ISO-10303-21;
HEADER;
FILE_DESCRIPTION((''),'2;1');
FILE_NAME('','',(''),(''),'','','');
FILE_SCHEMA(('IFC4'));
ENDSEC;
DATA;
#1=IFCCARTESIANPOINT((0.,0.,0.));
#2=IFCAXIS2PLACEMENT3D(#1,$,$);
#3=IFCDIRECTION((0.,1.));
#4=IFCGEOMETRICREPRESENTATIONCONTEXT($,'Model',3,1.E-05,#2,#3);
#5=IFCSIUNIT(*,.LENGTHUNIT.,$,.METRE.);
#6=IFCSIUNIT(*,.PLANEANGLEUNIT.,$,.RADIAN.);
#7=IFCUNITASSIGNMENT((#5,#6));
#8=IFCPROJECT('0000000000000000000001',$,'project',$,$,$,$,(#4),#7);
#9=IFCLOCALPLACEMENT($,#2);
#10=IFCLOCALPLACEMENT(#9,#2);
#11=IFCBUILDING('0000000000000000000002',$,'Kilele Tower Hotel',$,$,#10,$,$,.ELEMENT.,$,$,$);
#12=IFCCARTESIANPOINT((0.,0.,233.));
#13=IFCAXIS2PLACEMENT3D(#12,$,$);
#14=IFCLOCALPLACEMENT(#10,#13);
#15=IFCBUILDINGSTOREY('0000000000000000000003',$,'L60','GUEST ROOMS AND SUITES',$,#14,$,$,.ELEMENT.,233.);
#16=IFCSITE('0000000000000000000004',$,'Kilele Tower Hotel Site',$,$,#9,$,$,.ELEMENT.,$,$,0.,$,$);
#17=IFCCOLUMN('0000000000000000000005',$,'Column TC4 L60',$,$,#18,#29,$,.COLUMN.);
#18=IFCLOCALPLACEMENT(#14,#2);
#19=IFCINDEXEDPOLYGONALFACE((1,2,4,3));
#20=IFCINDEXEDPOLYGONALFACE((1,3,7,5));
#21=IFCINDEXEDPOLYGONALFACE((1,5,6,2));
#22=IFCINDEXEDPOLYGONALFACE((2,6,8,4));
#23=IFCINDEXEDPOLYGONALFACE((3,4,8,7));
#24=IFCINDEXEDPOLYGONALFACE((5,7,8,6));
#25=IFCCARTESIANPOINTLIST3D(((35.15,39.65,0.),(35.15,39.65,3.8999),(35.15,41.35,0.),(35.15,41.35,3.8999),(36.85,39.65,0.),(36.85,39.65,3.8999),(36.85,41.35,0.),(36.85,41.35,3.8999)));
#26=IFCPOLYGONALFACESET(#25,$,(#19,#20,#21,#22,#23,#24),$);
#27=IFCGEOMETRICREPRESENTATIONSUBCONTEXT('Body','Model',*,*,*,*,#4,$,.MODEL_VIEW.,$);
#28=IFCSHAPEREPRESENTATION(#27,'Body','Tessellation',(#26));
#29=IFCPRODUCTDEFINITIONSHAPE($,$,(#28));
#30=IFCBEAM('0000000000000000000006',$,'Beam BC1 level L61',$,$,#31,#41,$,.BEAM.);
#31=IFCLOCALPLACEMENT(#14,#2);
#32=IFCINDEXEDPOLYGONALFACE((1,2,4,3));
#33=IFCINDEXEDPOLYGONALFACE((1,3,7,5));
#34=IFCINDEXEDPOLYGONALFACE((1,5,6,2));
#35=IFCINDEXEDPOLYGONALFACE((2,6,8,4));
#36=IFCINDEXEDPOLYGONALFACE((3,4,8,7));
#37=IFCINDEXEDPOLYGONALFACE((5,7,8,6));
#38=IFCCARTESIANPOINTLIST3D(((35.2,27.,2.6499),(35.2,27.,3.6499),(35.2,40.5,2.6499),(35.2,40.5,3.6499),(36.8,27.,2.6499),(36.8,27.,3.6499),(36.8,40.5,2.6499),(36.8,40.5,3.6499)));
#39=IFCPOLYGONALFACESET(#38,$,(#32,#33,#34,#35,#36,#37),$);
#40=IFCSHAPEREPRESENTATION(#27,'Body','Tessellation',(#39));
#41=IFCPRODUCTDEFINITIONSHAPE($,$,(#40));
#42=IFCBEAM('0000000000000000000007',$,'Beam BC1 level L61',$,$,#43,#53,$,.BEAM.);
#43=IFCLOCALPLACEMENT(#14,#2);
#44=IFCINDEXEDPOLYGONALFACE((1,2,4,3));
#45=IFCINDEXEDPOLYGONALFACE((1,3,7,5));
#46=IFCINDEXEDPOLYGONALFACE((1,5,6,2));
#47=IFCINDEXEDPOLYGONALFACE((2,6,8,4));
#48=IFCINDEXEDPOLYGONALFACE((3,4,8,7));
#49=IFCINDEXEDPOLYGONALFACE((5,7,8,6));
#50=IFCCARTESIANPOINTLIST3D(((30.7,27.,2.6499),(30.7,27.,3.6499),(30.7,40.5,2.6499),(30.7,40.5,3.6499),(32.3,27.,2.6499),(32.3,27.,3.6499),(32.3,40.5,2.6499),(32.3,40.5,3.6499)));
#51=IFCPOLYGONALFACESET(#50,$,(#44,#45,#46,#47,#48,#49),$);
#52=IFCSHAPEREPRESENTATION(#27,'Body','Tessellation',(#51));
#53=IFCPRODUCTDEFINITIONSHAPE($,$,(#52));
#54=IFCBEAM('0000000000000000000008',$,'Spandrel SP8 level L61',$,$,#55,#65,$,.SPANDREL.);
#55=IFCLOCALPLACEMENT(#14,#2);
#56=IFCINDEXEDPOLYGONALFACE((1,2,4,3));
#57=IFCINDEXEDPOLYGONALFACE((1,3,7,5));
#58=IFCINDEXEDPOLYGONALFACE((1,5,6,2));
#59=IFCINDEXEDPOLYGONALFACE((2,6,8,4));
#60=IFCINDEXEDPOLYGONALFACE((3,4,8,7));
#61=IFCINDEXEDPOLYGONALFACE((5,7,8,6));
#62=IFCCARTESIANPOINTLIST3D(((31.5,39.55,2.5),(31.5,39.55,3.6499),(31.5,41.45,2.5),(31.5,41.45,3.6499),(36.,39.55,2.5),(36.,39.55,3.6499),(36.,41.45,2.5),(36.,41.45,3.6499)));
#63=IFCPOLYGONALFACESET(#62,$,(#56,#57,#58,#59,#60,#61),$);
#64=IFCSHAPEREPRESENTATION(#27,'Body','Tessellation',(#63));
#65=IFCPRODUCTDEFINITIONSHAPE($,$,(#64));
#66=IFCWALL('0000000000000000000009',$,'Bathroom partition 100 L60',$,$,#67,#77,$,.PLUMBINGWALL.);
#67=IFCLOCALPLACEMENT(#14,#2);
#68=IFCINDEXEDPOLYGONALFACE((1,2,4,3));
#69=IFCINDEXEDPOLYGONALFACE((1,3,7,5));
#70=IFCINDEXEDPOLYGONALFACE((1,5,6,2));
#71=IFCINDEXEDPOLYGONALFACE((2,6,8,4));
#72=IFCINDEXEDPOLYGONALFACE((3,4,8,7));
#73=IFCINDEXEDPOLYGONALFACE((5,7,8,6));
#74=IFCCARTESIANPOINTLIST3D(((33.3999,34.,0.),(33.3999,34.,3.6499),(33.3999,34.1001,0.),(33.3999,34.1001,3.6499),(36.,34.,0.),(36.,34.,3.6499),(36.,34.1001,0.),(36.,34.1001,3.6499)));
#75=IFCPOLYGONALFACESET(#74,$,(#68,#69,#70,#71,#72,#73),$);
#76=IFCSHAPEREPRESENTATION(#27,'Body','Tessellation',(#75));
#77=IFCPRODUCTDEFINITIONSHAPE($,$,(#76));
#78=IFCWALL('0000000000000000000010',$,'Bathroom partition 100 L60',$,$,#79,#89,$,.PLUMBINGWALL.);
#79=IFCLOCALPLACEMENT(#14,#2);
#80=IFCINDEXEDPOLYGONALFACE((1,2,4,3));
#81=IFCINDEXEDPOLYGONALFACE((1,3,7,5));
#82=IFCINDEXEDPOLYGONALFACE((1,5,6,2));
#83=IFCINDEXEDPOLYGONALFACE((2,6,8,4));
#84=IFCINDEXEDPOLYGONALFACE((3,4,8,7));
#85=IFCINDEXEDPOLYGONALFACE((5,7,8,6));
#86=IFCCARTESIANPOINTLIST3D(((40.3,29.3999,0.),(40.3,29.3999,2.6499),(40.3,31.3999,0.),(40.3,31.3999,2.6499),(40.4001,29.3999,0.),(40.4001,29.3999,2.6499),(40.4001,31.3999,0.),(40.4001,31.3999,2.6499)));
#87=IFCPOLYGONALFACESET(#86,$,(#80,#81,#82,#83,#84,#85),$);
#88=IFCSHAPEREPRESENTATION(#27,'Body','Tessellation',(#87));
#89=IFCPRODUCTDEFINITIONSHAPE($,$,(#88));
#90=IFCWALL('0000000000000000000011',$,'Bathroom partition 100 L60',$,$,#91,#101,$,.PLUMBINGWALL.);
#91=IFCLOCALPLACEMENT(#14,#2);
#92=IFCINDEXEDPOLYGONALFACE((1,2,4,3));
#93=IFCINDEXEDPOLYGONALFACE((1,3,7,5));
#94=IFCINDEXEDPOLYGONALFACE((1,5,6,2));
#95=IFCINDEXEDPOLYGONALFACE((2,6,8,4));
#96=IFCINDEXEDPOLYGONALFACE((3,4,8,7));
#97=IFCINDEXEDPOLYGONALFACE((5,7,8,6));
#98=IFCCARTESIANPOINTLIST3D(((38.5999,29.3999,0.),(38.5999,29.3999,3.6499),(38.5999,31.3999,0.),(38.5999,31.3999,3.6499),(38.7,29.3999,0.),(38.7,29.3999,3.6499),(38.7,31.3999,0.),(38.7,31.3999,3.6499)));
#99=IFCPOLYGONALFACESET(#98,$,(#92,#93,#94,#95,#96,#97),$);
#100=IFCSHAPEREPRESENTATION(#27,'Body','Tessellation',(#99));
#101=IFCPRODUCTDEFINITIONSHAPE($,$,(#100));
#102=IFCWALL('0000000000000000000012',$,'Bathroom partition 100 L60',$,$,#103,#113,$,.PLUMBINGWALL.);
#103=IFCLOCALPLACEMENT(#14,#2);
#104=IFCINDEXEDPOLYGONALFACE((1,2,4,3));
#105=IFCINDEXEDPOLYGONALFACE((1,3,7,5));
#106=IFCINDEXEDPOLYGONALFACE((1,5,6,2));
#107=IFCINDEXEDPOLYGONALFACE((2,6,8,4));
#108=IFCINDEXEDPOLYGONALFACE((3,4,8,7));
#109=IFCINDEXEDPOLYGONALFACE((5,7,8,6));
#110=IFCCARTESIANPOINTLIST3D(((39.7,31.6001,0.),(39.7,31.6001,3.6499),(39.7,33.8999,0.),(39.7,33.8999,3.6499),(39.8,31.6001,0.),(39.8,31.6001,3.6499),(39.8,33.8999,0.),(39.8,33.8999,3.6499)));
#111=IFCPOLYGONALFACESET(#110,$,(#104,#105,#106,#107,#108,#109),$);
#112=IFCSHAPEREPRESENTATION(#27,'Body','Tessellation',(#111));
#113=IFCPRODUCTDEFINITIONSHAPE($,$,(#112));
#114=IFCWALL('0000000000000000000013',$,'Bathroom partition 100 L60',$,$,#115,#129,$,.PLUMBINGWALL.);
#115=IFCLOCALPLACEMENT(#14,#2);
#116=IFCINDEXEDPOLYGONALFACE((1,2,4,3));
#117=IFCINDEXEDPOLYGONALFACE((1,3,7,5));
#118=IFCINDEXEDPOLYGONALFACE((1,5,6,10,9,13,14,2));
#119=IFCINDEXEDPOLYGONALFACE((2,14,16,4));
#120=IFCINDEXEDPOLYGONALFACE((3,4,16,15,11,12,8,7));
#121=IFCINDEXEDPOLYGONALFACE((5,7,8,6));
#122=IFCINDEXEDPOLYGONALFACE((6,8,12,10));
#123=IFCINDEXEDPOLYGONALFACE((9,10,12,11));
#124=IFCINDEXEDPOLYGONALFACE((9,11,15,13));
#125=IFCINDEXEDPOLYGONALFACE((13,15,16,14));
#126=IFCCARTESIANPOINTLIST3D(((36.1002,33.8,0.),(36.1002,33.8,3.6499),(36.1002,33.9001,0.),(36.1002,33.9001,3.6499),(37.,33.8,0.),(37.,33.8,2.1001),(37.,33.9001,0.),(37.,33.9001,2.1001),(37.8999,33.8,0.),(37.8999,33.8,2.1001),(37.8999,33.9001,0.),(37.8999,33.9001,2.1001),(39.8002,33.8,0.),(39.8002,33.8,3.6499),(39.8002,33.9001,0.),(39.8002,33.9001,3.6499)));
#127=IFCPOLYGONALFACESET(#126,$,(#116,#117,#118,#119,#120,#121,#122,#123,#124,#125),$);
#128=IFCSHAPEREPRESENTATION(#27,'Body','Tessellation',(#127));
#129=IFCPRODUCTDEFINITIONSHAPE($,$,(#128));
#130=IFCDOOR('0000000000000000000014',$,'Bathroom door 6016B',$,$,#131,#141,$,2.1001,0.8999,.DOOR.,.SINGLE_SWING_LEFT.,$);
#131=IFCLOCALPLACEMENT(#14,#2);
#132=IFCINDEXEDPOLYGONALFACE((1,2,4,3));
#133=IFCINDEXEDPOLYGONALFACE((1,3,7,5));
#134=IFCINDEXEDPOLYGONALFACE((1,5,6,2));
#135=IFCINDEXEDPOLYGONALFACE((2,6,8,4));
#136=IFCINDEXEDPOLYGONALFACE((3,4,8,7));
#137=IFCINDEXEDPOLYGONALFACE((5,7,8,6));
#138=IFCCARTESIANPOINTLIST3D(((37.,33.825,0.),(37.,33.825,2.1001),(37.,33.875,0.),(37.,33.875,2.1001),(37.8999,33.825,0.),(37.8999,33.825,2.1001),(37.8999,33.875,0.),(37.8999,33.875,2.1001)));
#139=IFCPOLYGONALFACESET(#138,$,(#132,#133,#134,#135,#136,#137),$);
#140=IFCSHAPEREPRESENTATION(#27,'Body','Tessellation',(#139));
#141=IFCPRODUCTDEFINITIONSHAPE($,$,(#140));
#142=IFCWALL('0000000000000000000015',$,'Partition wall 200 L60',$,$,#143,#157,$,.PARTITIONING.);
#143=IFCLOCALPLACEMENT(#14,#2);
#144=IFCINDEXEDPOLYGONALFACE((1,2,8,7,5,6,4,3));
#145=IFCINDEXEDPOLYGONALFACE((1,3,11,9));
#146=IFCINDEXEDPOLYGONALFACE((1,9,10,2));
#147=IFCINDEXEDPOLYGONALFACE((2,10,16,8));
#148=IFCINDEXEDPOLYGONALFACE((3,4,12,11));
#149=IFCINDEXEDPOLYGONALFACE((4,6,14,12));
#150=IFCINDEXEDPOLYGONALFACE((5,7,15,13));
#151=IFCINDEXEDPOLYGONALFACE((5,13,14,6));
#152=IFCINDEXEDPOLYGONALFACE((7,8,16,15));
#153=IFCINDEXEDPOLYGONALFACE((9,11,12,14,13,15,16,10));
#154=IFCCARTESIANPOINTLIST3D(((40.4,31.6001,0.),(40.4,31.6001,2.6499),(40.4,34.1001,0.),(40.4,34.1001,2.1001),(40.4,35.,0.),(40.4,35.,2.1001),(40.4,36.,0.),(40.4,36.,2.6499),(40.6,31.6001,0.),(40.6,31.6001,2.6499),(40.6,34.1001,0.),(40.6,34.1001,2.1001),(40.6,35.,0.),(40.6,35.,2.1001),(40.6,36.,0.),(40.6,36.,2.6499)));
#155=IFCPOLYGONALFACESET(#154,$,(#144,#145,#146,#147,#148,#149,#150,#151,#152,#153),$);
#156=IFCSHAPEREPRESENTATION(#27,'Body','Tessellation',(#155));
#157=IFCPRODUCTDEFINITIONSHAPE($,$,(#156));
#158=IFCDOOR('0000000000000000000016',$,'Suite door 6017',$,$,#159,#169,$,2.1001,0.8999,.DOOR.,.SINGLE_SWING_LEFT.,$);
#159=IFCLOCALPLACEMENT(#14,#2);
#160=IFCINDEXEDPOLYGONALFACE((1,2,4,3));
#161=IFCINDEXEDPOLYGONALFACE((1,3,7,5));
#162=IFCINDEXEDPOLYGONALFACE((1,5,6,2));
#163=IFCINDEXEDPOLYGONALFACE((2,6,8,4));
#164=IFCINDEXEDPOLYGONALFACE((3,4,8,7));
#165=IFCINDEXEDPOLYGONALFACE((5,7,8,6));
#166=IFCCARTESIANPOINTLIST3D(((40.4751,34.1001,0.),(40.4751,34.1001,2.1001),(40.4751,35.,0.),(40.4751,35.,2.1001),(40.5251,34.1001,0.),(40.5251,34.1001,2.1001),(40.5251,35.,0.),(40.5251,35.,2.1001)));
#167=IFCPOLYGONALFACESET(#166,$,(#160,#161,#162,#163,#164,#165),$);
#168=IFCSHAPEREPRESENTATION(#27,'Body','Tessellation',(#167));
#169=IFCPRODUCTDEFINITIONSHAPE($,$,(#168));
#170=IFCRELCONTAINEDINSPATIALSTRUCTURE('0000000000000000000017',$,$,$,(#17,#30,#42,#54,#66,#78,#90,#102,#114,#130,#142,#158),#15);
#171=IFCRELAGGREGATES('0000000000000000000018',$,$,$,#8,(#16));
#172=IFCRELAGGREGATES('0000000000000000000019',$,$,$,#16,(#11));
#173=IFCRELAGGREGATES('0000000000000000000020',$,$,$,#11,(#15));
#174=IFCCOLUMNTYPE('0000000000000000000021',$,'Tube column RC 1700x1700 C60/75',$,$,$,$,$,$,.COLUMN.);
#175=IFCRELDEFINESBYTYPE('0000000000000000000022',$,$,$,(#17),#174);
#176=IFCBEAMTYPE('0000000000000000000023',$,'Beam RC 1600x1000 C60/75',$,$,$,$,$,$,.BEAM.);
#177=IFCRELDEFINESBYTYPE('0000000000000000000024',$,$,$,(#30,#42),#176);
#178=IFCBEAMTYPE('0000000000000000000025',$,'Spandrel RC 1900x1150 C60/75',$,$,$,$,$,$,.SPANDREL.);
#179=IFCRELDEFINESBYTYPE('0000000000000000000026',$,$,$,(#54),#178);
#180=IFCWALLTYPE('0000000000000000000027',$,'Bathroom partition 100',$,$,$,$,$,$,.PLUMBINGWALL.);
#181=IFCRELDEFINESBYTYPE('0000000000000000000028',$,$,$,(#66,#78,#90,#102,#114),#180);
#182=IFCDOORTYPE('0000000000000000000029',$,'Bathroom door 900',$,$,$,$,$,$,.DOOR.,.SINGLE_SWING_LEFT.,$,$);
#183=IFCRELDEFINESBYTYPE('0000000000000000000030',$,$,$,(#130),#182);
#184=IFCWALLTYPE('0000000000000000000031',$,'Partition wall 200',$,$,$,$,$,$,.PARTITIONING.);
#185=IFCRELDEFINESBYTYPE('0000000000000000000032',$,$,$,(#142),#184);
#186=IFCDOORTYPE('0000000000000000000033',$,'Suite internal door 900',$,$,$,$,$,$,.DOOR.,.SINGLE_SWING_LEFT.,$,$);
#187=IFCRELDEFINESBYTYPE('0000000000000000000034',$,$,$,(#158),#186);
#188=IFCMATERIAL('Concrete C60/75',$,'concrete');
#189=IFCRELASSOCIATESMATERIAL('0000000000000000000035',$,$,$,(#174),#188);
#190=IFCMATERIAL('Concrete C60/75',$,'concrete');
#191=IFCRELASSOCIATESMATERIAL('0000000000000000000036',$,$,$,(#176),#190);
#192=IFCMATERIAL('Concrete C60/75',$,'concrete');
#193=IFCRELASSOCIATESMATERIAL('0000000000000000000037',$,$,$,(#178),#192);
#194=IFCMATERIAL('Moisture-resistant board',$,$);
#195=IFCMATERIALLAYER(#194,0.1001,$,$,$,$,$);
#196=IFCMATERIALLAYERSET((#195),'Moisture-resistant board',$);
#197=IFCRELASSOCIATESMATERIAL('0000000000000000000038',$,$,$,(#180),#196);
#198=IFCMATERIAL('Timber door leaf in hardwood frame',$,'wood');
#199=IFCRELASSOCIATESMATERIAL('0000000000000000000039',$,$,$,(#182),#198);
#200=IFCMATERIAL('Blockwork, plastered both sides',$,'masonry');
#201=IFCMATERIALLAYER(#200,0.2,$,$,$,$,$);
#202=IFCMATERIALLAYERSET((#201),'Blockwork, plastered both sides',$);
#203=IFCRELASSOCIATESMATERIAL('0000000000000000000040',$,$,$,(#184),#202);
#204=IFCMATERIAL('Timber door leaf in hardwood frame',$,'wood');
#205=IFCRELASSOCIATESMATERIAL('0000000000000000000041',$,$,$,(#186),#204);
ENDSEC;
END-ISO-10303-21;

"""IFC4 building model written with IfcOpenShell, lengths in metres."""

from ifc_helpers import new_model, si_unit, direction, frame, frame_2d, origin, origin_2d, place, context, subcontext, project, spatial, rectangle, extrude, material, layer, layer_set, material_profile, profile_set, type_object, element, fill, save


model = new_model("IFC4")

# Units and contexts
model_context = context("Model", 3, precision=1e-05, world=origin(), true_north=direction((0.0, 1.0)))
body_context = subcontext(model_context, "Body", "Model", "MODEL_VIEW")
ifc_project = project(units=[si_unit("LENGTHUNIT", "METRE"), si_unit("PLANEANGLEUNIT", "RADIAN")], contexts=[model_context])

# Site, building, storey
site_placement = place(None, origin())
site = spatial("IfcSite", under=ifc_project, at=site_placement, Name="Kilele Tower Hotel Site", CompositionType="ELEMENT", RefElevation=0.0)
building_placement = place(site_placement, origin())
building = spatial("IfcBuilding", under=site, at=building_placement, Name="Kilele Tower Hotel", CompositionType="ELEMENT")
storey_placement = place(building_placement, frame((0.0, 0.0, 233.0)))
storey = spatial("IfcBuildingStorey", under=building, at=storey_placement, Name="L60", Description="GUEST ROOMS AND SUITES", CompositionType="ELEMENT", Elevation=233.0)

# Column
ifc_material_1 = material(Name="Concrete C60/75", Category="concrete")
ifc_material_profile_1 = material_profile(ifc_material_1, rectangle(XDim=1.7, YDim=1.7, at=origin_2d()))
ifc_profile_set_1 = profile_set([ifc_material_profile_1], Name="Concrete C60/75")
column_type = type_object("IfcColumnType", Name="Tube column RC 1700x1700 C60/75", PredefinedType="COLUMN", material=ifc_profile_set_1)
column_placement = place(storey_placement, frame((36.0, 40.5, 0.0), z_axis=(0.0, 0.0, 1.0), x_axis=(1.0, 0.0, 0.0)))
element("IfcColumn", 1, at=column_placement, inside=storey, type_object=column_type, Name="Column TC4 L60", PredefinedType="COLUMN", context=body_context, shape_type="SweptSolid", body=[
    extrude(rectangle(XDim=1.7, YDim=1.7, at=origin_2d()), origin(), (0.0, 0.0, 1.0), 3.8999),
])

# Beams
ifc_material_2 = material(Name="Concrete C60/75", Category="concrete")
ifc_material_profile_2 = material_profile(ifc_material_2, rectangle(XDim=1.6001, YDim=1.0, at=origin_2d()))
ifc_profile_set_2 = profile_set([ifc_material_profile_2], Name="Concrete C60/75")
beam_type_1 = type_object("IfcBeamType", Name="Beam RC 1600x1000 C60/75", PredefinedType="BEAM", material=ifc_profile_set_2)
for number, where, z_axis, x_axis, name in (
    (2, (36.0, 40.5, 3.1499), (0.0, -1.0, 0.0), (1.0, 0.0, 0.0), "Beam BC1 level L61"),
    (3, (31.5, 40.5, 3.1499), (0.0, -1.0, 0.0), (1.0, 0.0, 0.0), "Beam BC1 level L61"),
):
    element("IfcBeam", number, at=place(storey_placement, frame(where, z_axis=z_axis, x_axis=x_axis)), inside=storey, type_object=beam_type_1, Name=name, PredefinedType="BEAM", context=body_context, shape_type="SweptSolid", body=[
        extrude(rectangle(XDim=1.6001, YDim=1.0, at=origin_2d()), origin(), (0.0, 0.0, 1.0), 13.5),
    ])
ifc_material_3 = material(Name="Concrete C60/75", Category="concrete")
ifc_material_profile_3 = material_profile(ifc_material_3, rectangle(XDim=1.8999, YDim=1.1499, at=origin_2d()))
ifc_profile_set_3 = profile_set([ifc_material_profile_3], Name="Concrete C60/75")
beam_type_2 = type_object("IfcBeamType", Name="Spandrel RC 1900x1150 C60/75", PredefinedType="SPANDREL", material=ifc_profile_set_3)
beam_placement = place(storey_placement, frame((36.0, 40.5, 3.075), z_axis=(-1.0, 0.0, 0.0), x_axis=(0.0, -1.0, 0.0)))
element("IfcBeam", 4, at=beam_placement, inside=storey, type_object=beam_type_2, Name="Spandrel SP8 level L61", PredefinedType="SPANDREL", context=body_context, shape_type="SweptSolid", body=[
    extrude(rectangle(XDim=1.8999, YDim=1.1499, at=origin_2d()), origin(), (0.0, 0.0, 1.0), 4.5),
])

# Walls
ifc_material_4 = material(Name="Moisture-resistant board")
ifc_layer_1 = layer(ifc_material_4, 0.1001)
ifc_layer_set_1 = layer_set([ifc_layer_1], Name="Moisture-resistant board")
wall_type_1 = type_object("IfcWallType", Name="Bathroom partition 100", PredefinedType="PLUMBINGWALL", material=ifc_layer_set_1)
wall_1_placement = place(storey_placement, frame((33.3999, 34.05, 0.0), z_axis=(0.0, 0.0, 1.0), x_axis=(1.0, 0.0, 0.0)))
element("IfcWall", 5, at=wall_1_placement, inside=storey, type_object=wall_type_1, Name="Bathroom partition 100 L60", PredefinedType="PLUMBINGWALL", context=body_context, shape_type="SweptSolid", body=[
    extrude(rectangle(XDim=2.6001, YDim=0.1001, at=frame_2d((1.3, 0.0))), origin(), (0.0, 0.0, 1.0), 3.6499),
])
wall_2_placement = place(storey_placement, frame((40.3501, 31.3999, 0.0), z_axis=(0.0, 0.0, 1.0), x_axis=(0.0, -1.0, 0.0)))
element("IfcWall", 6, at=wall_2_placement, inside=storey, type_object=wall_type_1, Name="Bathroom partition 100 L60", PredefinedType="PLUMBINGWALL", context=body_context, shape_type="SweptSolid", body=[
    extrude(rectangle(XDim=2.0, YDim=0.1001, at=frame_2d((1.0, 0.0))), origin(), (0.0, 0.0, 1.0), 2.6499),
])
wall_3_placement = place(storey_placement, frame((38.6499, 31.3999, 0.0), z_axis=(0.0, 0.0, 1.0), x_axis=(0.0, -1.0, 0.0)))
element("IfcWall", 7, at=wall_3_placement, inside=storey, type_object=wall_type_1, Name="Bathroom partition 100 L60", PredefinedType="PLUMBINGWALL", context=body_context, shape_type="SweptSolid", body=[
    extrude(rectangle(XDim=2.0, YDim=0.1001, at=frame_2d((1.0, 0.0))), origin(), (0.0, 0.0, 1.0), 3.6499),
])
wall_4_placement = place(storey_placement, frame((39.75, 31.6001, 0.0), z_axis=(0.0, 0.0, 1.0), x_axis=(0.0, 1.0, 0.0)))
element("IfcWall", 8, at=wall_4_placement, inside=storey, type_object=wall_type_1, Name="Bathroom partition 100 L60", PredefinedType="PLUMBINGWALL", context=body_context, shape_type="SweptSolid", body=[
    extrude(rectangle(XDim=2.2998, YDim=0.1001, at=frame_2d((1.1499, 0.0))), origin(), (0.0, 0.0, 1.0), 3.6499),
])

# Walls, openings, doors
wall_5_placement = place(storey_placement, frame((36.1001, 33.8501, 0.0), z_axis=(0.0, 0.0, 1.0), x_axis=(1.0, 0.0, 0.0)))
wall_5 = element("IfcWall", 9, at=wall_5_placement, inside=storey, type_object=wall_type_1, Name="Bathroom partition 100 L60", PredefinedType="PLUMBINGWALL", context=body_context, shape_type="SweptSolid", body=[
    extrude(rectangle(XDim=3.7, YDim=0.1001, at=frame_2d((1.8501, 0.0))), origin(), (0.0, 0.0, 1.0), 3.6499),
])
opening_1_placement = place(wall_5_placement, frame((0.8999, 0.0, 0.0)))
opening_1 = element("IfcOpeningElement", 10, at=opening_1_placement, cuts=wall_5, PredefinedType="OPENING", context=body_context, shape_type="SweptSolid", body=[
    extrude(rectangle(XDim=0.8999, YDim=2.1001, at=frame_2d((0.45, 1.05))), frame((0.0, 0.0601, 0.0), z_axis=(0.0, -1.0, 0.0), x_axis=(1.0, 0.0, 0.0)), (0.0, 0.0, 1.0), 0.1201),
])
ifc_material_5 = material(Name="Timber door leaf in hardwood frame", Category="wood")
door_type_1 = type_object("IfcDoorType", Name="Bathroom door 900", OperationType="SINGLE_SWING_LEFT", PredefinedType="DOOR", material=ifc_material_5)
door_1_placement = place(opening_1_placement, origin())
door_1 = element("IfcDoor", 11, at=door_1_placement, inside=storey, type_object=door_type_1, Name="Bathroom door 6016B", OperationType="SINGLE_SWING_LEFT", OverallHeight=2.1001, OverallWidth=0.8999, PredefinedType="DOOR", context=body_context, shape_type="SweptSolid", body=[
    extrude(rectangle(XDim=0.8999, YDim=2.1001, at=frame_2d((0.45, 1.05))), frame((0.0, 0.0249, 0.0), z_axis=(0.0, -1.0, 0.0), x_axis=(1.0, 0.0, 0.0)), (0.0, 0.0, 1.0), 0.05),
])
fill(opening_1, door_1)
ifc_material_6 = material(Name="Blockwork, plastered both sides", Category="masonry")
ifc_layer_2 = layer(ifc_material_6, 0.2)
ifc_layer_set_2 = layer_set([ifc_layer_2], Name="Blockwork, plastered both sides")
wall_type_2 = type_object("IfcWallType", Name="Partition wall 200", PredefinedType="PARTITIONING", material=ifc_layer_set_2)
wall_6_placement = place(storey_placement, frame((40.5, 31.6001, 0.0), z_axis=(0.0, 0.0, 1.0), x_axis=(0.0, 1.0, 0.0)))
wall_6 = element("IfcWall", 12, at=wall_6_placement, inside=storey, type_object=wall_type_2, Name="Partition wall 200 L60", PredefinedType="PARTITIONING", context=body_context, shape_type="SweptSolid", body=[
    extrude(rectangle(XDim=4.3999, YDim=0.2, at=frame_2d((2.2, 0.0))), origin(), (0.0, 0.0, 1.0), 2.6499),
])
opening_2_placement = place(wall_6_placement, frame((2.5, 0.0, 0.0)))
opening_2 = element("IfcOpeningElement", 13, at=opening_2_placement, cuts=wall_6, PredefinedType="OPENING", context=body_context, shape_type="SweptSolid", body=[
    extrude(rectangle(XDim=0.8999, YDim=2.1001, at=frame_2d((0.45, 1.05))), frame((0.0, 0.1099, 0.0), z_axis=(0.0, -1.0, 0.0), x_axis=(1.0, 0.0, 0.0)), (0.0, 0.0, 1.0), 0.22),
])
ifc_material_7 = material(Name="Timber door leaf in hardwood frame", Category="wood")
door_type_2 = type_object("IfcDoorType", Name="Suite internal door 900", OperationType="SINGLE_SWING_LEFT", PredefinedType="DOOR", material=ifc_material_7)
door_2_placement = place(opening_2_placement, origin())
door_2 = element("IfcDoor", 14, at=door_2_placement, inside=storey, type_object=door_type_2, Name="Suite door 6017", OperationType="SINGLE_SWING_LEFT", OverallHeight=2.1001, OverallWidth=0.8999, PredefinedType="DOOR", context=body_context, shape_type="SweptSolid", body=[
    extrude(rectangle(XDim=0.8999, YDim=2.1001, at=frame_2d((0.45, 1.05))), frame((0.0, 0.0249, 0.0), z_axis=(0.0, -1.0, 0.0), x_axis=(1.0, 0.0, 0.0)), (0.0, 0.0, 1.0), 0.05),
])
fill(opening_2, door_2)

save(model, "model.ifc")
